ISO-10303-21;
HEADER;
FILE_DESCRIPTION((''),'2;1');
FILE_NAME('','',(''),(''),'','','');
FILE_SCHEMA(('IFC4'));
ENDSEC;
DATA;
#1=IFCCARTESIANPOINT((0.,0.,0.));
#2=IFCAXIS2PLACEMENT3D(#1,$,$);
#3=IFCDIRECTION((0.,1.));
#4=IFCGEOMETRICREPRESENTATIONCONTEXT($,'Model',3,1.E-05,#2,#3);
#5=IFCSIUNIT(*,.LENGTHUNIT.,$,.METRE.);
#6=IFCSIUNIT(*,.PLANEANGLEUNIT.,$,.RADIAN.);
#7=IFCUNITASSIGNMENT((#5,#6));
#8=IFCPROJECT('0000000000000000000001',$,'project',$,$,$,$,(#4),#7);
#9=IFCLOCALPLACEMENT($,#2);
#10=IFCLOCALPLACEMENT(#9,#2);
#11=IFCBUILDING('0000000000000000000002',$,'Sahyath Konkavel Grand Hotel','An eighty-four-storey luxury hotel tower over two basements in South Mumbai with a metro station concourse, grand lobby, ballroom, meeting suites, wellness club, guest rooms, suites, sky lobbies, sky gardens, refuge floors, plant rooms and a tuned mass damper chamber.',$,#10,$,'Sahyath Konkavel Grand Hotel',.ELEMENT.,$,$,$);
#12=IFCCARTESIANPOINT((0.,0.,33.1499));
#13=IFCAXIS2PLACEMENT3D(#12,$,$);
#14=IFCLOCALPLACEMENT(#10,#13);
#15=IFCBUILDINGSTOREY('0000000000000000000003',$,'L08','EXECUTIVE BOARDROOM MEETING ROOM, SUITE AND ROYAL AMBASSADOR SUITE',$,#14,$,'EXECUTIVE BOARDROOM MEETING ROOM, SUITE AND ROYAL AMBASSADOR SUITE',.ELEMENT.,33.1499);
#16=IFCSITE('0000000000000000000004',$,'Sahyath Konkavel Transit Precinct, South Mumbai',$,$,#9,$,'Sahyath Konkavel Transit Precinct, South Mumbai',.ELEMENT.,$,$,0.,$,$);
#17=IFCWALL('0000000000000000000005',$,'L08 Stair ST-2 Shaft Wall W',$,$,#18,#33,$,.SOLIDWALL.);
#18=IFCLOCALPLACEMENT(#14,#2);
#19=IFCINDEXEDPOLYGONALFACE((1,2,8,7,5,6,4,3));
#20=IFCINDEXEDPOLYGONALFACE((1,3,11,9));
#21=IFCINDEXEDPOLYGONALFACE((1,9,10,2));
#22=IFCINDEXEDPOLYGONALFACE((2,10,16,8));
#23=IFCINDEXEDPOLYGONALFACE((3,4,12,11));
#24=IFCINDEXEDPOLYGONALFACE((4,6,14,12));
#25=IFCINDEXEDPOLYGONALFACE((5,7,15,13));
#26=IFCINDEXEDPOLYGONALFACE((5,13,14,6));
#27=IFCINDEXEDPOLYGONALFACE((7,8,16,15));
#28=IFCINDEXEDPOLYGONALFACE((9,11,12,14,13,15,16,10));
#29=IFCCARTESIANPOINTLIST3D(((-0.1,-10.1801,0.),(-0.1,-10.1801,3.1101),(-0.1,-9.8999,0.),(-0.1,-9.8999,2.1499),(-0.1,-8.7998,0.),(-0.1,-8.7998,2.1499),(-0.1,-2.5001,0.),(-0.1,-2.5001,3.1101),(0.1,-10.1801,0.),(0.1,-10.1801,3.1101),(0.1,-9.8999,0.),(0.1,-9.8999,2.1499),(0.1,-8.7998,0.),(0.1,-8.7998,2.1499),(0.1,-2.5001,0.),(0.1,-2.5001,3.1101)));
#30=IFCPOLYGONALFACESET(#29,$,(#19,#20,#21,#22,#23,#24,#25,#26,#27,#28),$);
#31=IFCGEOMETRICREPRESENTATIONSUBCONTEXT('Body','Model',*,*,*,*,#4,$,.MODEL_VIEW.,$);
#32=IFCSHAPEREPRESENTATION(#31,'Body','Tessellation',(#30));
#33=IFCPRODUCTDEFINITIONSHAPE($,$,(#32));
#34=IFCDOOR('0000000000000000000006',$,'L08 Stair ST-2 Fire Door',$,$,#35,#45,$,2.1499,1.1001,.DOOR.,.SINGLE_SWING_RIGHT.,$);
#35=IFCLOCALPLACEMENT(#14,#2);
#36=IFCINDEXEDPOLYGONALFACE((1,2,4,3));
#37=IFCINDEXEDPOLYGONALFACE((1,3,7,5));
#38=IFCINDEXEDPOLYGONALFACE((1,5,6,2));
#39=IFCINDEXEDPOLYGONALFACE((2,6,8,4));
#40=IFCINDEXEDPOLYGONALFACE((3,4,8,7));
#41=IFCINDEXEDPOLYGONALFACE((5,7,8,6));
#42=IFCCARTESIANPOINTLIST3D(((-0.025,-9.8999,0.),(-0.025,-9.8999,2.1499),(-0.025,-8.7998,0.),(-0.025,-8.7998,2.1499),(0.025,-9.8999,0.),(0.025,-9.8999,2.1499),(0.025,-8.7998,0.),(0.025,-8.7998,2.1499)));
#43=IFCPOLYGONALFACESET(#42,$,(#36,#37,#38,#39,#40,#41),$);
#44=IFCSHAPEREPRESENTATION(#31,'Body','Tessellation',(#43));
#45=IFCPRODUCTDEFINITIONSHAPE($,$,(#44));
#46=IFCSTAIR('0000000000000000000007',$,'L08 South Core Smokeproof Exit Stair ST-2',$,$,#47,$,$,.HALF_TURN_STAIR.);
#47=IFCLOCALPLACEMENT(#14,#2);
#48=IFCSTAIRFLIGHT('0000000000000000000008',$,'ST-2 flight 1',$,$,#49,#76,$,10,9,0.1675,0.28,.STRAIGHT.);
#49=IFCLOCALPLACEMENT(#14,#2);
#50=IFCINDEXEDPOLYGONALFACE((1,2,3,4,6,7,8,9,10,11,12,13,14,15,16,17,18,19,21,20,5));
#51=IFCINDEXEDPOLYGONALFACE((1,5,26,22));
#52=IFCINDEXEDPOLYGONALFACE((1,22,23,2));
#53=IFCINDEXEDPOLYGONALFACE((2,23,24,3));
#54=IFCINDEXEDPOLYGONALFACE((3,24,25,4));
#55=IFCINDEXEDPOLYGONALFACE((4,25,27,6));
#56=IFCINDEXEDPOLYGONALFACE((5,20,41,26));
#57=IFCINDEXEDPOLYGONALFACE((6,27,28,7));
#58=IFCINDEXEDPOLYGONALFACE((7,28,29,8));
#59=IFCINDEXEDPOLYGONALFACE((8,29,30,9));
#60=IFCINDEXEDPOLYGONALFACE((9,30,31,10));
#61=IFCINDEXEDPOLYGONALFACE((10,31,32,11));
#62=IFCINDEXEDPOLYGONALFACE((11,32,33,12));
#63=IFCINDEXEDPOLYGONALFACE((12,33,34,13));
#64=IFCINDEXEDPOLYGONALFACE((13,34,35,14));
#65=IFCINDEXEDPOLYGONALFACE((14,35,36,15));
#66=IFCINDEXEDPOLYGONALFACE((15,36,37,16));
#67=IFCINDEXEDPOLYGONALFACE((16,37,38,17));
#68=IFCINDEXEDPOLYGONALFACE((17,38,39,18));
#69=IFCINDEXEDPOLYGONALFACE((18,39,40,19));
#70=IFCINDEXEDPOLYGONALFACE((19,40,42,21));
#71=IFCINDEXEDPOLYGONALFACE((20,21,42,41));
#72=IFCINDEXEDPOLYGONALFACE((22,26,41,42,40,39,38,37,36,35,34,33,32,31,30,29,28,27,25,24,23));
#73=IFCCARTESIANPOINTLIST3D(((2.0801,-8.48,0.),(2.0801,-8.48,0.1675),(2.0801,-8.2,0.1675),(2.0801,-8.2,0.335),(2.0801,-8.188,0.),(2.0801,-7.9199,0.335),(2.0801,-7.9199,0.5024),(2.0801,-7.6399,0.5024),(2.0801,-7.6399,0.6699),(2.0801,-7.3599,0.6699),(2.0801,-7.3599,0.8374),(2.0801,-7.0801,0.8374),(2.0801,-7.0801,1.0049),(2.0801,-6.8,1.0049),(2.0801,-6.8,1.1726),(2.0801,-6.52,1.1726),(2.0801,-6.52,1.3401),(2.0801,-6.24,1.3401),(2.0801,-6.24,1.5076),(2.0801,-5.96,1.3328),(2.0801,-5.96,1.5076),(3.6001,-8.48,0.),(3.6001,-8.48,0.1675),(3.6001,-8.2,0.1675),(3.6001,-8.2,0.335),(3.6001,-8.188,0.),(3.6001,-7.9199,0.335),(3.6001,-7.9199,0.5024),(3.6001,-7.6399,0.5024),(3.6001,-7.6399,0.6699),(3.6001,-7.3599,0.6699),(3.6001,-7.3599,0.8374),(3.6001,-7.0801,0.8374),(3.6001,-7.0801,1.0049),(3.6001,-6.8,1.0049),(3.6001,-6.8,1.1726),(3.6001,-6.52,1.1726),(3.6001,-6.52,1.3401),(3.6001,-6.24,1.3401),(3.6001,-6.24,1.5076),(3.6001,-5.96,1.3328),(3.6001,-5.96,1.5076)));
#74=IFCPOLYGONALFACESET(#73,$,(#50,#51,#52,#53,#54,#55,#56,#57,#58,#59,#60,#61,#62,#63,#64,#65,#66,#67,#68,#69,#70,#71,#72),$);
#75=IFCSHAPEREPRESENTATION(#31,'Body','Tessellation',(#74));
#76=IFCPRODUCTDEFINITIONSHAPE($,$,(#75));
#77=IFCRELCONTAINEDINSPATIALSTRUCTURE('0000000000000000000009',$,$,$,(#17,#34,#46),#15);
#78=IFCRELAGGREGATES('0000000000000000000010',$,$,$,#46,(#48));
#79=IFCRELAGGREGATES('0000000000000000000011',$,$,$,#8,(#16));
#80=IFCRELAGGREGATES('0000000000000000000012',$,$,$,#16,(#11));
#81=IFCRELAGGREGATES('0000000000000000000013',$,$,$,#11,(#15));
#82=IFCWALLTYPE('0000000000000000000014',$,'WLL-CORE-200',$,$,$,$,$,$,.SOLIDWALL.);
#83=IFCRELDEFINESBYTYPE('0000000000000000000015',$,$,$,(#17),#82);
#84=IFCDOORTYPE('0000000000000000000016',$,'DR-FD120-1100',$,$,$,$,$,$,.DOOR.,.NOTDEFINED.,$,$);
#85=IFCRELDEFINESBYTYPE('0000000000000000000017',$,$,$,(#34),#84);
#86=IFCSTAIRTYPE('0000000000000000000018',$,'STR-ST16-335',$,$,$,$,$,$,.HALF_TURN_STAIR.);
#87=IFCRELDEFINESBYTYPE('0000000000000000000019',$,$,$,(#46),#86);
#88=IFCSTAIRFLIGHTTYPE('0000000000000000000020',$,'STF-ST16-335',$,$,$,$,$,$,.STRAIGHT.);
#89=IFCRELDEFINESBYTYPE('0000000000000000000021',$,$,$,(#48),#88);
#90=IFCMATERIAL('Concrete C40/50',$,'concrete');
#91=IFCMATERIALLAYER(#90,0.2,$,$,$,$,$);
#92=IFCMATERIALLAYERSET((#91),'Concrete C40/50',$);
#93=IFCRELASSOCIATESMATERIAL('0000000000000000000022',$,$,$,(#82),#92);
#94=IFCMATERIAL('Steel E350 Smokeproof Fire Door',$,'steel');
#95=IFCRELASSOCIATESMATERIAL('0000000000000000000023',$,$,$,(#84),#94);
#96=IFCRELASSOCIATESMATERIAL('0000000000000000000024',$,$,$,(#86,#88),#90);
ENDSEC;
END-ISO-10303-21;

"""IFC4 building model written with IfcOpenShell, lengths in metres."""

from ifc_helpers import new_model, si_unit, direction, frame, frame_2d, origin, origin_2d, place, context, subcontext, project, spatial, polyline, rectangle, outline, extrude, source, transform, mapped, material, layer, layer_set, type_object, element, fill, aggregate, save


model = new_model("IFC4")

# Units and contexts
model_context = context("Model", 3, precision=1e-05, world=origin(), true_north=direction((0.0, 1.0)))
body_context = subcontext(model_context, "Body", "Model", "MODEL_VIEW")
ifc_project = project(units=[si_unit("LENGTHUNIT", "METRE"), si_unit("PLANEANGLEUNIT", "RADIAN")], contexts=[model_context])

# Site, building, storey
site_placement = place(None, origin())
site = spatial("IfcSite", under=ifc_project, at=site_placement, Name="Sahyath Konkavel Transit Precinct, South Mumbai", LongName="Sahyath Konkavel Transit Precinct, South Mumbai", CompositionType="ELEMENT", RefElevation=0.0)
building_placement = place(site_placement, origin())
building = spatial("IfcBuilding", under=site, at=building_placement, Name="Sahyath Konkavel Grand Hotel", Description="An eighty-four-storey luxury hotel tower over two basements in South Mumbai with a metro station concourse, grand lobby, ballroom, meeting suites, wellness club, guest rooms, suites, sky lobbies, sky gardens, refuge floors, plant rooms and a tuned mass damper chamber.", LongName="Sahyath Konkavel Grand Hotel", CompositionType="ELEMENT")
storey_placement = place(building_placement, frame((0.0, 0.0, 33.1499)))
storey = spatial("IfcBuildingStorey", under=building, at=storey_placement, Name="L08", Description="EXECUTIVE BOARDROOM MEETING ROOM, SUITE AND ROYAL AMBASSADOR SUITE", LongName="EXECUTIVE BOARDROOM MEETING ROOM, SUITE AND ROYAL AMBASSADOR SUITE", CompositionType="ELEMENT", Elevation=33.1499)

# Wall, opening, door
ifc_material_1 = material(Name="Concrete C40/50", Category="concrete")
ifc_layer_1 = layer(ifc_material_1, 0.2)
ifc_layer_set_1 = layer_set([ifc_layer_1], Name="Concrete C40/50")
wall_type_1 = type_object("IfcWallType", Name="WLL-CORE-200", PredefinedType="SOLIDWALL", material=ifc_layer_set_1)
wall_1_placement = place(storey_placement, frame((0.0, -10.1799, 0.0), z_axis=(0.0, 0.0, 1.0), x_axis=(0.0, 1.0, 0.0)))
wall_1 = element("IfcWall", 1, at=wall_1_placement, inside=storey, type_object=wall_type_1, Name="L08 Stair ST-2 Shaft Wall W", PredefinedType="SOLIDWALL", context=body_context, shape_type="SweptSolid", body=[
    extrude(rectangle(XDim=7.6799, YDim=0.2, at=frame_2d((3.8398, 0.0))), origin(), (0.0, 0.0, 1.0), 3.1101),
])
opening_1_placement = place(wall_1_placement, frame((0.28, 0.0, 0.0)))
opening_1 = element("IfcOpeningElement", 2, at=opening_1_placement, cuts=wall_1, PredefinedType="OPENING", context=body_context, shape_type="SweptSolid", body=[
    extrude(rectangle(XDim=1.1001, YDim=2.1499, at=frame_2d((0.55, 1.075))), frame((0.0, 0.1099, 0.0), z_axis=(0.0, -1.0, 0.0), x_axis=(1.0, 0.0, 0.0)), (0.0, 0.0, 1.0), 0.22),
])
ifc_material_2 = material(Name="Steel E350 Smokeproof Fire Door", Category="steel")
door_type_1 = type_object("IfcDoorType", Name="DR-FD120-1100", OperationType="NOTDEFINED", PredefinedType="DOOR", material=ifc_material_2)
shared_shape_1 = source(origin(), body_context, "Body", "SweptSolid", [
    extrude(rectangle(XDim=1.1001, YDim=0.05, at=origin_2d()), origin(), (0.0, 0.0, 1.0), 2.1499),
])
door_1_placement = place(opening_1_placement, frame((0.55, 0.0, 0.0)))
door_1 = element("IfcDoor", 3, at=door_1_placement, inside=storey, type_object=door_type_1, Name="L08 Stair ST-2 Fire Door", OperationType="SINGLE_SWING_RIGHT", OverallHeight=2.1499, OverallWidth=1.1001, PredefinedType="DOOR", context=body_context, shape_type="MappedRepresentation", body=[
    mapped(shared_shape_1, transform((0.0, 0.0, 0.0), scale=1.0)),
])
fill(opening_1, door_1)

# Stair, stair flight
stair_type = type_object("IfcStairType", Name="STR-ST16-335", PredefinedType="HALF_TURN_STAIR", material=ifc_material_1)
stair_placement = place(storey_placement, origin())
stair = element("IfcStair", 4, at=stair_placement, inside=storey, type_object=stair_type, Name="L08 South Core Smokeproof Exit Stair ST-2", PredefinedType="HALF_TURN_STAIR")
stair_flight_type = type_object("IfcStairFlightType", Name="STF-ST16-335", PredefinedType="STRAIGHT", material=ifc_material_1)
stair_flight_placement = place(storey_placement, frame((2.8401, -8.48, 0.0), z_axis=(0.0, 0.0, 1.0), x_axis=(0.0, 1.0, 0.0)))
stair_flight = element("IfcStairFlight", 5, at=stair_flight_placement, type_object=stair_flight_type, Name="ST-2 flight 1", NumberOfRisers=10, NumberOfTreads=9, PredefinedType="STRAIGHT", RiserHeight=0.1675, TreadLength=0.28, context=body_context, shape_type="SweptSolid", body=[
    extrude(outline(polyline([(0.0, 0.0), (0.0, 0.1675), (0.28, 0.1675), (0.28, 0.335), (0.5601, 0.335), (0.5601, 0.5024), (0.8401, 0.5024), (0.8401, 0.6699), (1.1201, 0.6699), (1.1201, 0.8374), (1.3999, 0.8374), (1.3999, 1.0049), (1.6799, 1.0049), (1.6799, 1.1726), (1.96, 1.1726), (1.96, 1.3401), (2.24, 1.3401), (2.24, 1.5076), (2.52, 1.5076), (2.52, 1.675), (2.52, 1.3328), (0.292, 0.0), (0.0, 0.0)])), frame((0.0, 0.76, 0.0), z_axis=(0.0, -1.0, 0.0), x_axis=(1.0, 0.0, 0.0)), (0.0, 0.0, 1.0), 1.52),
])
aggregate(stair, [stair_flight])

save(model, "model.ifc")
